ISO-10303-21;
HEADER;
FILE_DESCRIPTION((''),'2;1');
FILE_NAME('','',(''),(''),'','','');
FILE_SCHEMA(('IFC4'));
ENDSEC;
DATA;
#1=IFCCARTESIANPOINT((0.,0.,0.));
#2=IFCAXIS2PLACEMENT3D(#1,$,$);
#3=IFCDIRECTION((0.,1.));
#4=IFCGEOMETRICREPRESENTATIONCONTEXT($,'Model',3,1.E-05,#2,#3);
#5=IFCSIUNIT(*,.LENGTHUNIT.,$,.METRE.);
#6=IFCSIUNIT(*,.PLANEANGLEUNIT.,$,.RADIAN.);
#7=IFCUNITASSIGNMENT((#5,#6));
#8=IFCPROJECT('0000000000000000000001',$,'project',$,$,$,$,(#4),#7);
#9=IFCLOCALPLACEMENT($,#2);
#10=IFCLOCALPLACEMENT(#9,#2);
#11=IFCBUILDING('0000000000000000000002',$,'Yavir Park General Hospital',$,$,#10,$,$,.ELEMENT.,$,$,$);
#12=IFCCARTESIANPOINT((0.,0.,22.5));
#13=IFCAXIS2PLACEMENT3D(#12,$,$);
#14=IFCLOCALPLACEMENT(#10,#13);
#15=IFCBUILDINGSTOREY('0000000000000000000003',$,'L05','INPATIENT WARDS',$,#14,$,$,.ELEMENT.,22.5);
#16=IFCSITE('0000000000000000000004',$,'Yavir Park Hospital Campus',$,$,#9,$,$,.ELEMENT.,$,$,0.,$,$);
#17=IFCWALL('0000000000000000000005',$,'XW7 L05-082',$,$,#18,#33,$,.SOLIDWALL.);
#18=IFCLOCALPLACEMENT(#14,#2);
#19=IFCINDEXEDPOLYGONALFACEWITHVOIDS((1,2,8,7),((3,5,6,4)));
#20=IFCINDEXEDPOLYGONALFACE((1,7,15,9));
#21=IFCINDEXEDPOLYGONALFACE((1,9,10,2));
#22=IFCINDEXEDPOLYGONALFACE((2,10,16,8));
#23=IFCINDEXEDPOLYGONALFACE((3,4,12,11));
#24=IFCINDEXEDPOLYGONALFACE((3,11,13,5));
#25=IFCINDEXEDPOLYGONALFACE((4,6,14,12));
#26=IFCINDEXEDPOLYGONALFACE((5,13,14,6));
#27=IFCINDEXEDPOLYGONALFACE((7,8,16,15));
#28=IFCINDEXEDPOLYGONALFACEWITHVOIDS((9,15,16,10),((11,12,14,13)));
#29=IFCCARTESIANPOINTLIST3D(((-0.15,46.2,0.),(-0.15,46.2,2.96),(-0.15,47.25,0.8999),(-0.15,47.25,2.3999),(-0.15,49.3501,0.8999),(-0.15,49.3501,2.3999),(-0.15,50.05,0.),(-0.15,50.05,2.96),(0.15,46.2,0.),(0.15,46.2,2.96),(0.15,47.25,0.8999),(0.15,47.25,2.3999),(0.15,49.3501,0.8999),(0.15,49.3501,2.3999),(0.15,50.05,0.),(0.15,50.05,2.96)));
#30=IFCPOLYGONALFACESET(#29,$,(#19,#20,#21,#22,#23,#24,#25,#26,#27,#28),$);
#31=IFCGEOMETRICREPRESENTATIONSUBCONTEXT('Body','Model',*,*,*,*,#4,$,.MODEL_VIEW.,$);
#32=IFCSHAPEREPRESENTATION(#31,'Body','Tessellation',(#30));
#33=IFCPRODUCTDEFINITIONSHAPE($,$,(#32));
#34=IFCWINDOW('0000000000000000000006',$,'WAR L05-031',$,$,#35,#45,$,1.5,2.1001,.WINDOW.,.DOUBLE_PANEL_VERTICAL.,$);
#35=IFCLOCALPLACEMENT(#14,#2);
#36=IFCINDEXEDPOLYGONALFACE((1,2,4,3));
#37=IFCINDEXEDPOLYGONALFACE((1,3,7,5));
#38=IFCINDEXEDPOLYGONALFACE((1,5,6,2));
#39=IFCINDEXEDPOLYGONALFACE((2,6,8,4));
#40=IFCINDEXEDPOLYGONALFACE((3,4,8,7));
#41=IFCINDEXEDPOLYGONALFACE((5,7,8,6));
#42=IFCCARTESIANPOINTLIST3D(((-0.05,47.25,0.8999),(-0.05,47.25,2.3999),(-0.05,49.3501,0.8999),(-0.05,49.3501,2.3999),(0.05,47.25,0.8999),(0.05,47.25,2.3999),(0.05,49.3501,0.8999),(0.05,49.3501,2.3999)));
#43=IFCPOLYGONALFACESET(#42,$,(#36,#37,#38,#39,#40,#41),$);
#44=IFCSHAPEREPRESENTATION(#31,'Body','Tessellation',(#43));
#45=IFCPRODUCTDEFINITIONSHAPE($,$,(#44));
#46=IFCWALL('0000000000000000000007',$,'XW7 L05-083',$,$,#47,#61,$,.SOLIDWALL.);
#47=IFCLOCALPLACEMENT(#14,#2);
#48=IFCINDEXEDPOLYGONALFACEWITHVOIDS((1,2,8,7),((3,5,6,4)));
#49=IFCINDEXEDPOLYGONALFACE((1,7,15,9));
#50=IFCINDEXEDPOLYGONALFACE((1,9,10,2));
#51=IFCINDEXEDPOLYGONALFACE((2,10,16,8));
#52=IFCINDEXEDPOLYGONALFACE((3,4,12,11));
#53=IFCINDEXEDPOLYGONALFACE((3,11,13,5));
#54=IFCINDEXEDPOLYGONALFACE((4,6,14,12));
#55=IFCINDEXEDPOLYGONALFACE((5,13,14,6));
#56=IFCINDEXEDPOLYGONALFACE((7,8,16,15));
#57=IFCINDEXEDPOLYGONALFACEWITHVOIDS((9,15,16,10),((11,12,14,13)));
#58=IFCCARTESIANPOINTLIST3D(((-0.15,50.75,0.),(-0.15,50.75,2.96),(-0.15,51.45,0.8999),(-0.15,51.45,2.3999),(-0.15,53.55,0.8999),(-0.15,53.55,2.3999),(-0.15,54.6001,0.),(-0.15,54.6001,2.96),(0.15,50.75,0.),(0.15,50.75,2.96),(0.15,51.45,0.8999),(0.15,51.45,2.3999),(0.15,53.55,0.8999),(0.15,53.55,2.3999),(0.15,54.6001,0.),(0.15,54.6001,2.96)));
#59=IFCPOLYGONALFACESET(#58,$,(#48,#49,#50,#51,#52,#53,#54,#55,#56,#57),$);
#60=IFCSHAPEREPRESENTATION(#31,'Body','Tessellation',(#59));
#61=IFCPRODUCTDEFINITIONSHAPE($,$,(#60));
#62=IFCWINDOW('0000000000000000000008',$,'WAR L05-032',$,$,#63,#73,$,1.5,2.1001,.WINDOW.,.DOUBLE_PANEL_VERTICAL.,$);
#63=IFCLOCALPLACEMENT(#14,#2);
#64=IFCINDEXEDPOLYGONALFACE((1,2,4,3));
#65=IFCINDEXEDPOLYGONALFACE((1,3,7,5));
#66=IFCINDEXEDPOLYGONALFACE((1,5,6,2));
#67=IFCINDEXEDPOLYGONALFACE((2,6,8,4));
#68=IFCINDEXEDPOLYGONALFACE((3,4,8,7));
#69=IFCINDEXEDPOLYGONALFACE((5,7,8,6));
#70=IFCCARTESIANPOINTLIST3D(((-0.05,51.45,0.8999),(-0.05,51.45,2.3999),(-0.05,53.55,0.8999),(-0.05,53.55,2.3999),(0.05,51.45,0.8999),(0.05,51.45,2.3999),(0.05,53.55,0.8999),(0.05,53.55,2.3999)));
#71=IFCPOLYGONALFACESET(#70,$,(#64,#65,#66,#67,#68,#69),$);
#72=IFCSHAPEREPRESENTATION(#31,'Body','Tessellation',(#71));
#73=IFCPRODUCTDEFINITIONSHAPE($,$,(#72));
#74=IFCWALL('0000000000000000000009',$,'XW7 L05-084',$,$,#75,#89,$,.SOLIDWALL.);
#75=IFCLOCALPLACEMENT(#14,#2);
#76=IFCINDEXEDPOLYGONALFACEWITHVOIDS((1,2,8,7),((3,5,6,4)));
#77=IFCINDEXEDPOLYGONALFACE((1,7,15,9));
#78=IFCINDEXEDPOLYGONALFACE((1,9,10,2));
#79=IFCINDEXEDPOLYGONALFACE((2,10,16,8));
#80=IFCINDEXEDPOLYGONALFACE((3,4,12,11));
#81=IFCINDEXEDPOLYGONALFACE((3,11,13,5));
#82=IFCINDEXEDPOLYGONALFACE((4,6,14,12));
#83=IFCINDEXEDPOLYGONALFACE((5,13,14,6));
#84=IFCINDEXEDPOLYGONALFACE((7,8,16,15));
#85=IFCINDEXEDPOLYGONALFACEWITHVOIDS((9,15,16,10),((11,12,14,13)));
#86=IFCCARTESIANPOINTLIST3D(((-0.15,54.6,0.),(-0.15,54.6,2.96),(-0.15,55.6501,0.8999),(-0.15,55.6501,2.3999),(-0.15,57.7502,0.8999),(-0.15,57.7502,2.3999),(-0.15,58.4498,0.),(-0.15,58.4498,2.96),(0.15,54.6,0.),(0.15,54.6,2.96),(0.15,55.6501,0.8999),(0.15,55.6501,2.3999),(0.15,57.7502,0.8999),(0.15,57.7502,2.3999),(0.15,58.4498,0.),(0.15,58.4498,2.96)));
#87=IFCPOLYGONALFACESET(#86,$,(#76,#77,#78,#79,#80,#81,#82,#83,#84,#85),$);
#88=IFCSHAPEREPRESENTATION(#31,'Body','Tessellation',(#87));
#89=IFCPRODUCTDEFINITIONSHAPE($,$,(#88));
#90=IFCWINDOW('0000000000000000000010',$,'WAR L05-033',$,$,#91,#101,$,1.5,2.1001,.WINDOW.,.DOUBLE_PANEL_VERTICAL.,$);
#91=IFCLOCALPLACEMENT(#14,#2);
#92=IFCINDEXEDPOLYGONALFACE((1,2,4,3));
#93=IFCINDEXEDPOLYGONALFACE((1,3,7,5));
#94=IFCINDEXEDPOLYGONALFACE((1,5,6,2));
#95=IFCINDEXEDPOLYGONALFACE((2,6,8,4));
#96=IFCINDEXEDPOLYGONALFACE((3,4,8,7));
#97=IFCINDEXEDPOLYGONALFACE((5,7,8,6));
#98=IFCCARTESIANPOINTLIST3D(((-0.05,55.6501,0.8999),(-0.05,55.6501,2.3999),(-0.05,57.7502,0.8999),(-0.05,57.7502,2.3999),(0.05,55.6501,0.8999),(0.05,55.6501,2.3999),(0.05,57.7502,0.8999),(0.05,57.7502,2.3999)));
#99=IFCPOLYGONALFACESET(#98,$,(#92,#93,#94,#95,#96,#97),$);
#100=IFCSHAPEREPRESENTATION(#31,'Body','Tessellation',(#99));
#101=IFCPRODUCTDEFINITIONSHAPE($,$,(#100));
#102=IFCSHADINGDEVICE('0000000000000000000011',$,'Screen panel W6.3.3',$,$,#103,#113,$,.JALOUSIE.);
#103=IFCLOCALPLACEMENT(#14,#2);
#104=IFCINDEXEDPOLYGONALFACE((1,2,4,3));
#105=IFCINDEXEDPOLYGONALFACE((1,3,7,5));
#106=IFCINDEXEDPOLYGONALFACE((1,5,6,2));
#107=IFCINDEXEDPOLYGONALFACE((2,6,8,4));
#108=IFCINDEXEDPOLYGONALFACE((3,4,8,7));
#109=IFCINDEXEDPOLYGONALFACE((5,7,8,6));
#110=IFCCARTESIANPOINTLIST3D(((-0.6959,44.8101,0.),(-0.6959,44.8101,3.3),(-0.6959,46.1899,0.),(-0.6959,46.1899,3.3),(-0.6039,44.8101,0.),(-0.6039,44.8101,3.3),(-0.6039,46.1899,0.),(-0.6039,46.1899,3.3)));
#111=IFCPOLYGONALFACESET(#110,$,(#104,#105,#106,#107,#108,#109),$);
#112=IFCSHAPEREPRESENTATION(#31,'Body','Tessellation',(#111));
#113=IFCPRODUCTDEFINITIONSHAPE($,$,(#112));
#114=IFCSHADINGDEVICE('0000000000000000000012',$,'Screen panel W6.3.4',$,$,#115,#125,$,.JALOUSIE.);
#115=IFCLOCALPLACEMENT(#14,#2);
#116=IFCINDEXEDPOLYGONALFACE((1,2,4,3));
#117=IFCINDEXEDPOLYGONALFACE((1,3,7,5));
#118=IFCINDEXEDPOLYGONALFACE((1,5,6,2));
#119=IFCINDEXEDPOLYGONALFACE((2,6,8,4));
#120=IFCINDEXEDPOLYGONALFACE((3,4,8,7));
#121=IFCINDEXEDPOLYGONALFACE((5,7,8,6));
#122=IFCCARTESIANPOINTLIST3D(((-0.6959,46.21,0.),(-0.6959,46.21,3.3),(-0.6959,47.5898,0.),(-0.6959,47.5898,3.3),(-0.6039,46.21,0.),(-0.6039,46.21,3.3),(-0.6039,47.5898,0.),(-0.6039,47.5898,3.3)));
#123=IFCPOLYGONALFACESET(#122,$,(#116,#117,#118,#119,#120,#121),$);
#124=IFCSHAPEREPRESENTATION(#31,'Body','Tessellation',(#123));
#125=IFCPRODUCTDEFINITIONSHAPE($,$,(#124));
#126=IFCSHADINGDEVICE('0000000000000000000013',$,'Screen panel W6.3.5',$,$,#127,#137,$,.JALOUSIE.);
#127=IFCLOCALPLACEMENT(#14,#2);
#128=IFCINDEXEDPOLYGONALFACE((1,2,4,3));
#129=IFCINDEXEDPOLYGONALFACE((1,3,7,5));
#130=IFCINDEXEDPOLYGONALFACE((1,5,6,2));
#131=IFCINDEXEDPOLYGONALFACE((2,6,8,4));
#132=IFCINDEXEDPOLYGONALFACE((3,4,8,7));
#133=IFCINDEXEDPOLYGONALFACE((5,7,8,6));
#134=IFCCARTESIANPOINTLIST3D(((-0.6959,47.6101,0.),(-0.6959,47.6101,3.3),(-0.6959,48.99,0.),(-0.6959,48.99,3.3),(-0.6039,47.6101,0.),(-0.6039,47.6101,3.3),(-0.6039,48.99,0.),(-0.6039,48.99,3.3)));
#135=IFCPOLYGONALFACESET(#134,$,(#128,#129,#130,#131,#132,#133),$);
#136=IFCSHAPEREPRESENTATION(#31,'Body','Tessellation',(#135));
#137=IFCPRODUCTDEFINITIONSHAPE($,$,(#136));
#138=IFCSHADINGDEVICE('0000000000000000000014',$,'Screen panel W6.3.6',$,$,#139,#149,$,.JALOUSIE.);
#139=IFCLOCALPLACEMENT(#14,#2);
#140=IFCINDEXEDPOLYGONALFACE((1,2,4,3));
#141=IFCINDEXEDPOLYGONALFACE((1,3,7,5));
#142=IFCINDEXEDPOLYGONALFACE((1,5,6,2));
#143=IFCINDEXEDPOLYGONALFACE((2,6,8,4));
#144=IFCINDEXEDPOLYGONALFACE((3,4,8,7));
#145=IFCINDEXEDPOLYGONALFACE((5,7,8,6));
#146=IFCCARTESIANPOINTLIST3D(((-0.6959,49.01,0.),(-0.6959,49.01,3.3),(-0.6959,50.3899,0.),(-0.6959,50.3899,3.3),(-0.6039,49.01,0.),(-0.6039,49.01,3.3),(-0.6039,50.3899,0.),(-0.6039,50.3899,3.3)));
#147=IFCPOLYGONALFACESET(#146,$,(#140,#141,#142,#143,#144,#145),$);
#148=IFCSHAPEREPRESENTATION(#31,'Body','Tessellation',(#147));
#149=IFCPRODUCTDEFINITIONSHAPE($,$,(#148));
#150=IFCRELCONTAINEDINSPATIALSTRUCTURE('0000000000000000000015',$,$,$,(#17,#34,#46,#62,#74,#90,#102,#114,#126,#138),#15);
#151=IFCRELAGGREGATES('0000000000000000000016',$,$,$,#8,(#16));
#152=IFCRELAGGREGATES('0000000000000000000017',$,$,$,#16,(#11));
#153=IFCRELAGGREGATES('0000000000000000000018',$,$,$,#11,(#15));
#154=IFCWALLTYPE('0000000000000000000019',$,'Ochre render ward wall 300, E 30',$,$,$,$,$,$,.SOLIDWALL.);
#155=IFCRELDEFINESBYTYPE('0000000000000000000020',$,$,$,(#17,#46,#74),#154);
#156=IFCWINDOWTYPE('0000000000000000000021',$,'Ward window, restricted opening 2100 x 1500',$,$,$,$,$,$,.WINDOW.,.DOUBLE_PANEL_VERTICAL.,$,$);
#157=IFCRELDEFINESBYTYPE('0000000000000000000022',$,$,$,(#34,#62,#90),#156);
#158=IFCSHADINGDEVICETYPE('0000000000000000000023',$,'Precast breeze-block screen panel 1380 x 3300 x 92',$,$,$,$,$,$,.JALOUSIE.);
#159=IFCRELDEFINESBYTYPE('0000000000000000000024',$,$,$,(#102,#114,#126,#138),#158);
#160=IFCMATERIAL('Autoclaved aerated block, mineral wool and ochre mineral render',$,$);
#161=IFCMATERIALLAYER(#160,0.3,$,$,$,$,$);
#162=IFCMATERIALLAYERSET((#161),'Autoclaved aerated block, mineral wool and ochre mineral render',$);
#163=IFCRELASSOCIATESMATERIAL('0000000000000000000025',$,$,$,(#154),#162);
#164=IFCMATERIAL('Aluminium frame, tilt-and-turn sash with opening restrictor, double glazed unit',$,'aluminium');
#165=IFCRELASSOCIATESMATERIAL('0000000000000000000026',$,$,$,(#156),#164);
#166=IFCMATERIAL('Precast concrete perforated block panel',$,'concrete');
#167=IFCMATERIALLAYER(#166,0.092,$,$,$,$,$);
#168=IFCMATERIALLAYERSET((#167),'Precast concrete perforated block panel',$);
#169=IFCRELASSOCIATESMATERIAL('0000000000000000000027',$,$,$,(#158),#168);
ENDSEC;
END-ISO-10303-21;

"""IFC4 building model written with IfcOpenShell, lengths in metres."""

from ifc_helpers import new_model, si_unit, direction, frame, frame_2d, origin, origin_2d, place, context, subcontext, project, spatial, rectangle, extrude, material, layer, layer_set, type_object, element, fill, save


model = new_model("IFC4")

# Units and contexts
model_context = context("Model", 3, precision=1e-05, world=origin(), true_north=direction((0.0, 1.0)))
body_context = subcontext(model_context, "Body", "Model", "MODEL_VIEW")
ifc_project = project(units=[si_unit("LENGTHUNIT", "METRE"), si_unit("PLANEANGLEUNIT", "RADIAN")], contexts=[model_context])

# Site, building, storey
site_placement = place(None, origin())
site = spatial("IfcSite", under=ifc_project, at=site_placement, Name="Yavir Park Hospital Campus", CompositionType="ELEMENT", RefElevation=0.0)
building_placement = place(site_placement, origin())
building = spatial("IfcBuilding", under=site, at=building_placement, Name="Yavir Park General Hospital", CompositionType="ELEMENT")
storey_placement = place(building_placement, frame((0.0, 0.0, 22.5)))
storey = spatial("IfcBuildingStorey", under=building, at=storey_placement, Name="L05", Description="INPATIENT WARDS", CompositionType="ELEMENT", Elevation=22.5)

# Walls, openings, windows
ifc_material_1 = material(Name="Autoclaved aerated block, mineral wool and ochre mineral render")
ifc_layer_1 = layer(ifc_material_1, 0.3)
ifc_layer_set_1 = layer_set([ifc_layer_1], Name="Autoclaved aerated block, mineral wool and ochre mineral render")
wall_type_1 = type_object("IfcWallType", Name="Ochre render ward wall 300, E 30", PredefinedType="SOLIDWALL", material=ifc_layer_set_1)
wall_1_placement = place(storey_placement, frame((0.0, 46.2, 0.0), z_axis=(0.0, 0.0, 1.0), x_axis=(0.0, 1.0, 0.0)))
wall_1 = element("IfcWall", 1, at=wall_1_placement, inside=storey, type_object=wall_type_1, Name="XW7 L05-082", PredefinedType="SOLIDWALL", context=body_context, shape_type="SweptSolid", body=[
    extrude(rectangle(XDim=3.8501, YDim=0.3, at=frame_2d((1.925, 0.0))), origin(), (0.0, 0.0, 1.0), 2.96),
])
opening_1_placement = place(wall_1_placement, frame((1.05, 0.0, 0.8999)))
opening_1 = element("IfcOpeningElement", 2, at=opening_1_placement, cuts=wall_1, PredefinedType="OPENING", context=body_context, shape_type="SweptSolid", body=[
    extrude(rectangle(XDim=2.1001, YDim=1.5, at=frame_2d((1.05, 0.75))), frame((0.0, 0.1599, 0.0), z_axis=(0.0, -1.0, 0.0), x_axis=(1.0, 0.0, 0.0)), (0.0, 0.0, 1.0), 0.3201),
])
ifc_material_2 = material(Name="Aluminium frame, tilt-and-turn sash with opening restrictor, double glazed unit", Category="aluminium")
window_type = type_object("IfcWindowType", Name="Ward window, restricted opening 2100 x 1500", PartitioningType="DOUBLE_PANEL_VERTICAL", PredefinedType="WINDOW", material=ifc_material_2)
window_1_placement = place(opening_1_placement, origin())
window_1 = element("IfcWindow", 3, at=window_1_placement, inside=storey, type_object=window_type, Name="WAR L05-031", OverallHeight=1.5, OverallWidth=2.1001, PartitioningType="DOUBLE_PANEL_VERTICAL", PredefinedType="WINDOW", context=body_context, shape_type="SweptSolid", body=[
    extrude(rectangle(XDim=2.1001, YDim=1.5, at=frame_2d((1.05, 0.75))), frame((0.0, 0.05, 0.0), z_axis=(0.0, -1.0, 0.0), x_axis=(1.0, 0.0, 0.0)), (0.0, 0.0, 1.0), 0.1001),
])
fill(opening_1, window_1)
wall_2_placement = place(storey_placement, frame((0.0, 50.75, 0.0), z_axis=(0.0, 0.0, 1.0), x_axis=(0.0, 1.0, 0.0)))
wall_2 = element("IfcWall", 4, at=wall_2_placement, inside=storey, type_object=wall_type_1, Name="XW7 L05-083", PredefinedType="SOLIDWALL", context=body_context, shape_type="SweptSolid", body=[
    extrude(rectangle(XDim=3.8501, YDim=0.3, at=frame_2d((1.925, 0.0))), origin(), (0.0, 0.0, 1.0), 2.96),
])
opening_2_placement = place(wall_2_placement, frame((0.7, 0.0, 0.8999)))
opening_2 = element("IfcOpeningElement", 5, at=opening_2_placement, cuts=wall_2, PredefinedType="OPENING", context=body_context, shape_type="SweptSolid", body=[
    extrude(rectangle(XDim=2.1001, YDim=1.5, at=frame_2d((1.05, 0.75))), frame((0.0, 0.1599, 0.0), z_axis=(0.0, -1.0, 0.0), x_axis=(1.0, 0.0, 0.0)), (0.0, 0.0, 1.0), 0.3201),
])
window_2_placement = place(opening_2_placement, origin())
window_2 = element("IfcWindow", 6, at=window_2_placement, inside=storey, type_object=window_type, Name="WAR L05-032", OverallHeight=1.5, OverallWidth=2.1001, PartitioningType="DOUBLE_PANEL_VERTICAL", PredefinedType="WINDOW", context=body_context, shape_type="SweptSolid", body=[
    extrude(rectangle(XDim=2.1001, YDim=1.5, at=frame_2d((1.05, 0.75))), frame((0.0, 0.05, 0.0), z_axis=(0.0, -1.0, 0.0), x_axis=(1.0, 0.0, 0.0)), (0.0, 0.0, 1.0), 0.1001),
])
fill(opening_2, window_2)
wall_3_placement = place(storey_placement, frame((0.0, 54.6001, 0.0), z_axis=(0.0, 0.0, 1.0), x_axis=(0.0, 1.0, 0.0)))
wall_3 = element("IfcWall", 7, at=wall_3_placement, inside=storey, type_object=wall_type_1, Name="XW7 L05-084", PredefinedType="SOLIDWALL", context=body_context, shape_type="SweptSolid", body=[
    extrude(rectangle(XDim=3.8499, YDim=0.3, at=frame_2d((1.9248, 0.0))), origin(), (0.0, 0.0, 1.0), 2.96),
])
opening_3_placement = place(wall_3_placement, frame((1.05, 0.0, 0.8999)))
opening_3 = element("IfcOpeningElement", 8, at=opening_3_placement, cuts=wall_3, PredefinedType="OPENING", context=body_context, shape_type="SweptSolid", body=[
    extrude(rectangle(XDim=2.1001, YDim=1.5, at=frame_2d((1.05, 0.75))), frame((0.0, 0.1599, 0.0), z_axis=(0.0, -1.0, 0.0), x_axis=(1.0, 0.0, 0.0)), (0.0, 0.0, 1.0), 0.3201),
])
window_3_placement = place(opening_3_placement, origin())
window_3 = element("IfcWindow", 9, at=window_3_placement, inside=storey, type_object=window_type, Name="WAR L05-033", OverallHeight=1.5, OverallWidth=2.1001, PartitioningType="DOUBLE_PANEL_VERTICAL", PredefinedType="WINDOW", context=body_context, shape_type="SweptSolid", body=[
    extrude(rectangle(XDim=2.1001, YDim=1.5, at=frame_2d((1.05, 0.75))), frame((0.0, 0.05, 0.0), z_axis=(0.0, -1.0, 0.0), x_axis=(1.0, 0.0, 0.0)), (0.0, 0.0, 1.0), 0.1001),
])
fill(opening_3, window_3)

# Shading devices
ifc_material_3 = material(Name="Precast concrete perforated block panel", Category="concrete")
ifc_layer_2 = layer(ifc_material_3, 0.092)
ifc_layer_set_2 = layer_set([ifc_layer_2], Name="Precast concrete perforated block panel")
shading_device_type = type_object("IfcShadingDeviceType", Name="Precast breeze-block screen panel 1380 x 3300 x 92", PredefinedType="JALOUSIE", material=ifc_layer_set_2)
for number, where, z_axis, x_axis, name in (
    (10, (-0.6499, 45.5, 0.0), (0.0, 0.0, 1.0), (1.0, 0.0, 0.0), "Screen panel W6.3.3"),
    (11, (-0.6499, 46.8999, 0.0), (0.0, 0.0, 1.0), (1.0, 0.0, 0.0), "Screen panel W6.3.4"),
    (12, (-0.6499, 48.3, 0.0), (0.0, 0.0, 1.0), (1.0, 0.0, 0.0), "Screen panel W6.3.5"),
    (13, (-0.6499, 49.7, 0.0), (0.0, 0.0, 1.0), (1.0, 0.0, 0.0), "Screen panel W6.3.6"),
):
    element("IfcShadingDevice", number, at=place(storey_placement, frame(where, z_axis=z_axis, x_axis=x_axis)), inside=storey, type_object=shading_device_type, Name=name, PredefinedType="JALOUSIE", context=body_context, shape_type="SweptSolid", body=[
        extrude(rectangle(XDim=0.092, YDim=1.3799, at=origin_2d()), origin(), (0.0, 0.0, 1.0), 3.3),
    ])

save(model, "model.ifc")
